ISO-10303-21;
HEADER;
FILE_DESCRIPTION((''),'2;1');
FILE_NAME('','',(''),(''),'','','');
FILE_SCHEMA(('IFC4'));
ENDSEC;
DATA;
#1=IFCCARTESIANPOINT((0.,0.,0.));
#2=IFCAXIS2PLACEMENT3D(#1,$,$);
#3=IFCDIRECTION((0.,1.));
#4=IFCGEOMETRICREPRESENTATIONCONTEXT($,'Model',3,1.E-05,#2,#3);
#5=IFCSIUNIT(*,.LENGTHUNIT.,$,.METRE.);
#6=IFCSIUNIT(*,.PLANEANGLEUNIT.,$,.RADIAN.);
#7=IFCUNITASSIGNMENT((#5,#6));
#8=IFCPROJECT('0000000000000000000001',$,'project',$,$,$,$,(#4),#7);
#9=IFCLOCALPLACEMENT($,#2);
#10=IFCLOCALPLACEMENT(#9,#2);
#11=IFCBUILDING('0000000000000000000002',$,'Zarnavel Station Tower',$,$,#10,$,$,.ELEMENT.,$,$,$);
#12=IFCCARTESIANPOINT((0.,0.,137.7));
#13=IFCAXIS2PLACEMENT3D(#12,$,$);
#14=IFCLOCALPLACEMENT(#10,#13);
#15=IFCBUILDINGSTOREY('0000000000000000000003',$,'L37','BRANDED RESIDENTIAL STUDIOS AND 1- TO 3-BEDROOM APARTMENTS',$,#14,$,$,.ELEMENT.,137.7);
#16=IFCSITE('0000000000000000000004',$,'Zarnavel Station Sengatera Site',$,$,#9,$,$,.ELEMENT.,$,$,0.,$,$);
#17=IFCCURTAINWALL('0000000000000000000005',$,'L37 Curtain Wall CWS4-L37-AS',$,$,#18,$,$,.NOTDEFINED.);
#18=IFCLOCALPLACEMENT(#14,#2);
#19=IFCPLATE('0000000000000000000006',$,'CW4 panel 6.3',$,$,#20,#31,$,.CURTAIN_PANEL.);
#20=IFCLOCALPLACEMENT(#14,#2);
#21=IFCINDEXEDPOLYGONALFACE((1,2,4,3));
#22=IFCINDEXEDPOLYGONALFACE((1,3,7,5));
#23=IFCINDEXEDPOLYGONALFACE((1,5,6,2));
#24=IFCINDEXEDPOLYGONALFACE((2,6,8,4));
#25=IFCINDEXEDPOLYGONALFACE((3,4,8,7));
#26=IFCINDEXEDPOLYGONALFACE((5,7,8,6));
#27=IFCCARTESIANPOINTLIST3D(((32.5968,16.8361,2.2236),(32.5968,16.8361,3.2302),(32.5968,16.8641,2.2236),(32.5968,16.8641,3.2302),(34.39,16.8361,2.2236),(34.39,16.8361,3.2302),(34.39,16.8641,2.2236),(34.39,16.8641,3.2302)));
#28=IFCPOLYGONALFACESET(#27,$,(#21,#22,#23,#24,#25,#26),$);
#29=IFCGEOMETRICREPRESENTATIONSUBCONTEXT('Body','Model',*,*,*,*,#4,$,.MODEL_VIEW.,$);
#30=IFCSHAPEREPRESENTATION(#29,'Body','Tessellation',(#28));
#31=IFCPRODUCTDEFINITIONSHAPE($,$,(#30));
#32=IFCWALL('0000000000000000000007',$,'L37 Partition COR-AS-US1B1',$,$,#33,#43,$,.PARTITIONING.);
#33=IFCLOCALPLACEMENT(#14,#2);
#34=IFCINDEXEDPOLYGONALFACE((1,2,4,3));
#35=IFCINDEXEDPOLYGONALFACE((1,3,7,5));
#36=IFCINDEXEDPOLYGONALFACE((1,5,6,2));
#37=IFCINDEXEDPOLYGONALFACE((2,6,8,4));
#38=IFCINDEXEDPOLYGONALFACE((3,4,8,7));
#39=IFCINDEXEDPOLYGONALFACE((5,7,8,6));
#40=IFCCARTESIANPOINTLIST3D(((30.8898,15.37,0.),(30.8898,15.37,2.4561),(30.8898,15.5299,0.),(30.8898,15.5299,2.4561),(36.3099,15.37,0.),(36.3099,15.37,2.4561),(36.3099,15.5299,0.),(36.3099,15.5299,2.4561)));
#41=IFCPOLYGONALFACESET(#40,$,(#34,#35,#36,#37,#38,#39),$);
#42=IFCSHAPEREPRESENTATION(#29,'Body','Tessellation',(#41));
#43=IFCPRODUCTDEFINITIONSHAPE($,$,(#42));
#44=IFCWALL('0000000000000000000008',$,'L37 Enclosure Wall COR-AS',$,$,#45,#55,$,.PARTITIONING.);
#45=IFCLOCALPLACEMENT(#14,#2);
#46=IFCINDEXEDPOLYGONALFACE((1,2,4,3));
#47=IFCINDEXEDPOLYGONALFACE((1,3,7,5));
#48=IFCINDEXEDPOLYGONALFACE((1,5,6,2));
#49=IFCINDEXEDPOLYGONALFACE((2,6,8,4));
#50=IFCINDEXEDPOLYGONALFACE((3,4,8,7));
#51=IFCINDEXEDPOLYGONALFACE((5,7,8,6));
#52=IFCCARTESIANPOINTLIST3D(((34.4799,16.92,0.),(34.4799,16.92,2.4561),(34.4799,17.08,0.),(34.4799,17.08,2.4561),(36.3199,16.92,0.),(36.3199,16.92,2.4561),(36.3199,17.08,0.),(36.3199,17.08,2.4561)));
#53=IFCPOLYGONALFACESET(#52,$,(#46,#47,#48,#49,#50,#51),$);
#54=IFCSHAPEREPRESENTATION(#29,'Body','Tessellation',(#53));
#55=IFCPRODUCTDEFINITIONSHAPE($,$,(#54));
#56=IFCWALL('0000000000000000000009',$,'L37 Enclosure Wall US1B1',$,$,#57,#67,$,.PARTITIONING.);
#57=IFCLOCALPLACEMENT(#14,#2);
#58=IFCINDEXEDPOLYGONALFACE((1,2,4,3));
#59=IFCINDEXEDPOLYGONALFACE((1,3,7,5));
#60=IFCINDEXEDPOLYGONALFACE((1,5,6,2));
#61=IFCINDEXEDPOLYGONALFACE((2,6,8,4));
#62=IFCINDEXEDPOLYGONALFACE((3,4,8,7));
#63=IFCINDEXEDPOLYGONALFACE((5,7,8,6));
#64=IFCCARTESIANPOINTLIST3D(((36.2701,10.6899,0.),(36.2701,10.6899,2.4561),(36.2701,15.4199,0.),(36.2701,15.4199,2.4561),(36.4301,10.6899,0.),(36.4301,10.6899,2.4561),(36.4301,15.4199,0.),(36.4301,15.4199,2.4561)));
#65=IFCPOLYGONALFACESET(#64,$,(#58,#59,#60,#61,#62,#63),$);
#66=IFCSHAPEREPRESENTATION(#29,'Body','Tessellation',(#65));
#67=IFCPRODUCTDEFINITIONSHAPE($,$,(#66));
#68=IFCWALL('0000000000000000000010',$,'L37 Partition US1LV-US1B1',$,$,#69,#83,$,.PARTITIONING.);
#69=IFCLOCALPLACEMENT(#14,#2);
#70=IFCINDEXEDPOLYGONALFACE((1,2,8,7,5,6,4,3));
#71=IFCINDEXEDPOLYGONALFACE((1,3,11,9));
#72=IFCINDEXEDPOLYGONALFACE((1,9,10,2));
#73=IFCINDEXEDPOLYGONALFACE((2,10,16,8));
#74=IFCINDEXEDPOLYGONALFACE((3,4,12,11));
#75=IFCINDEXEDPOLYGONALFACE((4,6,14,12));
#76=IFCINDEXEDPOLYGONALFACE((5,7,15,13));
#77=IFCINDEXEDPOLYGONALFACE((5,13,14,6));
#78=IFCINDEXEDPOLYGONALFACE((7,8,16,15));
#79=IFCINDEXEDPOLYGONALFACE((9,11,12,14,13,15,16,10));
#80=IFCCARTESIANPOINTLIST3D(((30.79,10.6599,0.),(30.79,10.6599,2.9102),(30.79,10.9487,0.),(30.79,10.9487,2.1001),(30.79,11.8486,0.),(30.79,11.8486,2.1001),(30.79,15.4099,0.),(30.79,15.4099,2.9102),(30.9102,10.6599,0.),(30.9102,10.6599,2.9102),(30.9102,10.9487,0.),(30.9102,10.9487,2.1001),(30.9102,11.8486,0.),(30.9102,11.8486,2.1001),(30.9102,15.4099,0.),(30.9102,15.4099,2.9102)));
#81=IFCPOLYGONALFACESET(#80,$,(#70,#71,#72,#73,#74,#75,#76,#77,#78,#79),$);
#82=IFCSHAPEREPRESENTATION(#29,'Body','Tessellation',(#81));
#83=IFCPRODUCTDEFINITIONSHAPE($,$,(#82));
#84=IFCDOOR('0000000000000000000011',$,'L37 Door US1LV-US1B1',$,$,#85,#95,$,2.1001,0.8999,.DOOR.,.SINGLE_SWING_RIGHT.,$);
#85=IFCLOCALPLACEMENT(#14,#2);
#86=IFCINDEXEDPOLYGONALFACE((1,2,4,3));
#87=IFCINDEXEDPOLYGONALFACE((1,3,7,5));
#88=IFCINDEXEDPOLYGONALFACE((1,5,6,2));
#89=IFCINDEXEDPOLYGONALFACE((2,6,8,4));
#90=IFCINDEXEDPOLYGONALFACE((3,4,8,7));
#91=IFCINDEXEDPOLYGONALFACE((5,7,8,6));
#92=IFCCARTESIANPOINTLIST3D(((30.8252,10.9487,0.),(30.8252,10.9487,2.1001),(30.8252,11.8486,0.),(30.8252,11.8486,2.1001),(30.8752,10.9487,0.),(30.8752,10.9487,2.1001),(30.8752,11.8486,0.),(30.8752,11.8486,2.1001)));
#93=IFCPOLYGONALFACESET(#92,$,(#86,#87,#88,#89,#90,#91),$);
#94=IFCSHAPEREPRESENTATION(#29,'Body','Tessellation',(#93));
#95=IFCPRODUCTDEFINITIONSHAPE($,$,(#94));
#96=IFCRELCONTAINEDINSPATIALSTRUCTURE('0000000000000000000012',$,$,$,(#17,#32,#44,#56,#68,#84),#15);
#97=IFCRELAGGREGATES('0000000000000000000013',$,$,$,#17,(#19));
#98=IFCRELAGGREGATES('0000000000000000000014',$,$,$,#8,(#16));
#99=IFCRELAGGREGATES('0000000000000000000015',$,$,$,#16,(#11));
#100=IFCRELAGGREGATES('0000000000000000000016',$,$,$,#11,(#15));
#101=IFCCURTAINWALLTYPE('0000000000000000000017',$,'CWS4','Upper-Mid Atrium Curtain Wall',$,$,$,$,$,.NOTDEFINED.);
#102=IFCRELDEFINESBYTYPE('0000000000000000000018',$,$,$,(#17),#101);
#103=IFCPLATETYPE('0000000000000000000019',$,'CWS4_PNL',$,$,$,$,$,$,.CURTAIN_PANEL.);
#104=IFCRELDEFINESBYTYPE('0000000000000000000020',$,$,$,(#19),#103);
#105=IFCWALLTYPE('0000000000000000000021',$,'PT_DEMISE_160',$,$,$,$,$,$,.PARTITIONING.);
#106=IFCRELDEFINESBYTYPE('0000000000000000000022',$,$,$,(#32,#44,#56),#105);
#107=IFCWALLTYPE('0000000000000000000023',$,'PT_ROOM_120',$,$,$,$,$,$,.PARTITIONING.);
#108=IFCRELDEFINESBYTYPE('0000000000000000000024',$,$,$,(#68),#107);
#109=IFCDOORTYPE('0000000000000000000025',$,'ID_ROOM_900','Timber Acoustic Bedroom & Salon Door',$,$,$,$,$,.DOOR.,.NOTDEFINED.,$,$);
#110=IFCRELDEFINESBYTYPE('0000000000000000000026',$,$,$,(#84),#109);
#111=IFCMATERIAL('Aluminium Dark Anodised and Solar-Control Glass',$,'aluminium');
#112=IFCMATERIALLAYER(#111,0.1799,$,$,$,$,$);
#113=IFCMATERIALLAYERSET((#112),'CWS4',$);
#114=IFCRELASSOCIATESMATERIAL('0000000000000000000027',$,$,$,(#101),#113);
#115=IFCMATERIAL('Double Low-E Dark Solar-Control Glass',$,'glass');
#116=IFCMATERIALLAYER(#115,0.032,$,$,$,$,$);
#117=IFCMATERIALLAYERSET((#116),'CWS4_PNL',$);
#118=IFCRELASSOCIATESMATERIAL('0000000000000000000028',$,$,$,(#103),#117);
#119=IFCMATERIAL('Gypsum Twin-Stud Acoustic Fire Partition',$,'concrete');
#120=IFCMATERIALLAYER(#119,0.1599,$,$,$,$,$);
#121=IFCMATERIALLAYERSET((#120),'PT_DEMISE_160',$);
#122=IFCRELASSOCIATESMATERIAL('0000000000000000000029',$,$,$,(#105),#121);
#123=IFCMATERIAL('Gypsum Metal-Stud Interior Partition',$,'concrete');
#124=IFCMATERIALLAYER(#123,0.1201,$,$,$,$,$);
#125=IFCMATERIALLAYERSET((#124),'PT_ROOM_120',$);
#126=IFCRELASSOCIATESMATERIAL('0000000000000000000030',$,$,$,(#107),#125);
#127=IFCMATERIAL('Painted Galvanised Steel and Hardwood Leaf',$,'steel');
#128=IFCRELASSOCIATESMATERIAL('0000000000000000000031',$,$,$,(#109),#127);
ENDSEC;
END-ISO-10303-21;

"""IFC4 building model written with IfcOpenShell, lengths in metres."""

from ifc_helpers import new_model, si_unit, direction, frame, frame_2d, origin, origin_2d, place, context, subcontext, project, spatial, rectangle, extrude, material, layer, layer_set, type_object, element, fill, aggregate, save


model = new_model("IFC4")

# Units and contexts
model_context = context("Model", 3, precision=1e-05, world=origin(), true_north=direction((0.0, 1.0)))
body_context = subcontext(model_context, "Body", "Model", "MODEL_VIEW")
ifc_project = project(units=[si_unit("LENGTHUNIT", "METRE"), si_unit("PLANEANGLEUNIT", "RADIAN")], contexts=[model_context])

# Site, building, storey
site_placement = place(None, origin())
site = spatial("IfcSite", under=ifc_project, at=site_placement, Name="Zarnavel Station Sengatera Site", CompositionType="ELEMENT", RefElevation=0.0)
building_placement = place(site_placement, origin())
building = spatial("IfcBuilding", under=site, at=building_placement, Name="Zarnavel Station Tower", CompositionType="ELEMENT")
storey_placement = place(building_placement, frame((0.0, 0.0, 137.7)))
storey = spatial("IfcBuildingStorey", under=building, at=storey_placement, Name="L37", Description="BRANDED RESIDENTIAL STUDIOS AND 1- TO 3-BEDROOM APARTMENTS", CompositionType="ELEMENT", Elevation=137.7)

# Curtain wall
ifc_material_1 = material(Name="Aluminium Dark Anodised and Solar-Control Glass", Category="aluminium")
ifc_layer_1 = layer(ifc_material_1, 0.1799)
ifc_layer_set_1 = layer_set([ifc_layer_1], Name="CWS4")
curtain_wall_type = type_object("IfcCurtainWallType", Name="CWS4", Description="Upper-Mid Atrium Curtain Wall", PredefinedType="NOTDEFINED", material=ifc_layer_set_1)
curtain_wall_placement = place(storey_placement, origin())
curtain_wall = element("IfcCurtainWall", 1, at=curtain_wall_placement, inside=storey, type_object=curtain_wall_type, Name="L37 Curtain Wall CWS4-L37-AS", PredefinedType="NOTDEFINED")

# Plate
ifc_material_2 = material(Name="Double Low-E Dark Solar-Control Glass", Category="glass")
ifc_layer_2 = layer(ifc_material_2, 0.032)
ifc_layer_set_2 = layer_set([ifc_layer_2], Name="CWS4_PNL")
plate_type = type_object("IfcPlateType", Name="CWS4_PNL", PredefinedType="CURTAIN_PANEL", material=ifc_layer_set_2)
plate_1_placement = place(storey_placement, frame((33.4934, 16.8501, 2.2236), z_axis=(0.0, 0.0, 1.0), x_axis=(1.0, 0.0, 0.0)))
plate_1 = element("IfcPlate", 2, at=plate_1_placement, type_object=plate_type, Name="CW4 panel 6.3", PredefinedType="CURTAIN_PANEL", context=body_context, shape_type="SweptSolid", body=[
    extrude(rectangle(XDim=1.7932, YDim=0.0281, at=origin_2d()), origin(), (0.0, 0.0, 1.0), 1.0066),
])
aggregate(curtain_wall, [plate_1])

# Walls
ifc_material_3 = material(Name="Gypsum Twin-Stud Acoustic Fire Partition", Category="concrete")
ifc_layer_3 = layer(ifc_material_3, 0.1599)
ifc_layer_set_3 = layer_set([ifc_layer_3], Name="PT_DEMISE_160")
wall_type_1 = type_object("IfcWallType", Name="PT_DEMISE_160", PredefinedType="PARTITIONING", material=ifc_layer_set_3)
wall_1_placement = place(storey_placement, frame((30.8899, 15.45, 0.0), z_axis=(0.0, 0.0, 1.0), x_axis=(1.0, 0.0, 0.0)))
element("IfcWall", 3, at=wall_1_placement, inside=storey, type_object=wall_type_1, Name="L37 Partition COR-AS-US1B1", PredefinedType="PARTITIONING", context=body_context, shape_type="SweptSolid", body=[
    extrude(rectangle(XDim=5.4202, YDim=0.1599, at=frame_2d((2.71, 0.0))), origin(), (0.0, 0.0, 1.0), 2.4561),
])
wall_2_placement = place(storey_placement, frame((34.48, 17.0, 0.0), z_axis=(0.0, 0.0, 1.0), x_axis=(1.0, 0.0, 0.0)))
element("IfcWall", 4, at=wall_2_placement, inside=storey, type_object=wall_type_1, Name="L37 Enclosure Wall COR-AS", PredefinedType="PARTITIONING", context=body_context, shape_type="SweptSolid", body=[
    extrude(rectangle(XDim=1.8401, YDim=0.1599, at=frame_2d((0.9199, 0.0))), origin(), (0.0, 0.0, 1.0), 2.4561),
])
wall_3_placement = place(storey_placement, frame((36.3501, 10.6899, 0.0), z_axis=(0.0, 0.0, 1.0), x_axis=(0.0, 1.0, 0.0)))
element("IfcWall", 5, at=wall_3_placement, inside=storey, type_object=wall_type_1, Name="L37 Enclosure Wall US1B1", PredefinedType="PARTITIONING", context=body_context, shape_type="SweptSolid", body=[
    extrude(rectangle(XDim=4.73, YDim=0.1599, at=frame_2d((2.365, 0.0))), origin(), (0.0, 0.0, 1.0), 2.4561),
])

# Wall, opening, door
ifc_material_4 = material(Name="Gypsum Metal-Stud Interior Partition", Category="concrete")
ifc_layer_4 = layer(ifc_material_4, 0.1201)
ifc_layer_set_4 = layer_set([ifc_layer_4], Name="PT_ROOM_120")
wall_type_2 = type_object("IfcWallType", Name="PT_ROOM_120", PredefinedType="PARTITIONING", material=ifc_layer_set_4)
wall_4_placement = place(storey_placement, frame((30.8501, 10.6599, 0.0), z_axis=(0.0, 0.0, 1.0), x_axis=(0.0, 1.0, 0.0)))
wall_4 = element("IfcWall", 6, at=wall_4_placement, inside=storey, type_object=wall_type_2, Name="L37 Partition US1LV-US1B1", PredefinedType="PARTITIONING", context=body_context, shape_type="SweptSolid", body=[
    extrude(rectangle(XDim=4.75, YDim=0.1201, at=frame_2d((2.375, 0.0))), origin(), (0.0, 0.0, 1.0), 2.9102),
])
opening_placement = place(wall_4_placement, frame((0.2888, 0.0, 0.0)))
opening = element("IfcOpeningElement", 7, at=opening_placement, cuts=wall_4, PredefinedType="OPENING", context=body_context, shape_type="SweptSolid", body=[
    extrude(rectangle(XDim=0.8999, YDim=2.1001, at=frame_2d((0.45, 1.05))), frame((0.0, 0.0701, 0.0), z_axis=(0.0, -1.0, 0.0), x_axis=(1.0, 0.0, 0.0)), (0.0, 0.0, 1.0), 0.1401),
])
ifc_material_5 = material(Name="Painted Galvanised Steel and Hardwood Leaf", Category="steel")
door_type = type_object("IfcDoorType", Name="ID_ROOM_900", Description="Timber Acoustic Bedroom & Salon Door", OperationType="NOTDEFINED", PredefinedType="DOOR", material=ifc_material_5)
door_placement = place(opening_placement, origin())
door = element("IfcDoor", 8, at=door_placement, inside=storey, type_object=door_type, Name="L37 Door US1LV-US1B1", OperationType="SINGLE_SWING_RIGHT", OverallHeight=2.1001, OverallWidth=0.8999, PredefinedType="DOOR", context=body_context, shape_type="SweptSolid", body=[
    extrude(rectangle(XDim=0.8999, YDim=2.1001, at=frame_2d((0.45, 1.05))), frame((0.0, 0.0249, 0.0), z_axis=(0.0, -1.0, 0.0), x_axis=(1.0, 0.0, 0.0)), (0.0, 0.0, 1.0), 0.05),
])
fill(opening, door)

save(model, "model.ifc")
